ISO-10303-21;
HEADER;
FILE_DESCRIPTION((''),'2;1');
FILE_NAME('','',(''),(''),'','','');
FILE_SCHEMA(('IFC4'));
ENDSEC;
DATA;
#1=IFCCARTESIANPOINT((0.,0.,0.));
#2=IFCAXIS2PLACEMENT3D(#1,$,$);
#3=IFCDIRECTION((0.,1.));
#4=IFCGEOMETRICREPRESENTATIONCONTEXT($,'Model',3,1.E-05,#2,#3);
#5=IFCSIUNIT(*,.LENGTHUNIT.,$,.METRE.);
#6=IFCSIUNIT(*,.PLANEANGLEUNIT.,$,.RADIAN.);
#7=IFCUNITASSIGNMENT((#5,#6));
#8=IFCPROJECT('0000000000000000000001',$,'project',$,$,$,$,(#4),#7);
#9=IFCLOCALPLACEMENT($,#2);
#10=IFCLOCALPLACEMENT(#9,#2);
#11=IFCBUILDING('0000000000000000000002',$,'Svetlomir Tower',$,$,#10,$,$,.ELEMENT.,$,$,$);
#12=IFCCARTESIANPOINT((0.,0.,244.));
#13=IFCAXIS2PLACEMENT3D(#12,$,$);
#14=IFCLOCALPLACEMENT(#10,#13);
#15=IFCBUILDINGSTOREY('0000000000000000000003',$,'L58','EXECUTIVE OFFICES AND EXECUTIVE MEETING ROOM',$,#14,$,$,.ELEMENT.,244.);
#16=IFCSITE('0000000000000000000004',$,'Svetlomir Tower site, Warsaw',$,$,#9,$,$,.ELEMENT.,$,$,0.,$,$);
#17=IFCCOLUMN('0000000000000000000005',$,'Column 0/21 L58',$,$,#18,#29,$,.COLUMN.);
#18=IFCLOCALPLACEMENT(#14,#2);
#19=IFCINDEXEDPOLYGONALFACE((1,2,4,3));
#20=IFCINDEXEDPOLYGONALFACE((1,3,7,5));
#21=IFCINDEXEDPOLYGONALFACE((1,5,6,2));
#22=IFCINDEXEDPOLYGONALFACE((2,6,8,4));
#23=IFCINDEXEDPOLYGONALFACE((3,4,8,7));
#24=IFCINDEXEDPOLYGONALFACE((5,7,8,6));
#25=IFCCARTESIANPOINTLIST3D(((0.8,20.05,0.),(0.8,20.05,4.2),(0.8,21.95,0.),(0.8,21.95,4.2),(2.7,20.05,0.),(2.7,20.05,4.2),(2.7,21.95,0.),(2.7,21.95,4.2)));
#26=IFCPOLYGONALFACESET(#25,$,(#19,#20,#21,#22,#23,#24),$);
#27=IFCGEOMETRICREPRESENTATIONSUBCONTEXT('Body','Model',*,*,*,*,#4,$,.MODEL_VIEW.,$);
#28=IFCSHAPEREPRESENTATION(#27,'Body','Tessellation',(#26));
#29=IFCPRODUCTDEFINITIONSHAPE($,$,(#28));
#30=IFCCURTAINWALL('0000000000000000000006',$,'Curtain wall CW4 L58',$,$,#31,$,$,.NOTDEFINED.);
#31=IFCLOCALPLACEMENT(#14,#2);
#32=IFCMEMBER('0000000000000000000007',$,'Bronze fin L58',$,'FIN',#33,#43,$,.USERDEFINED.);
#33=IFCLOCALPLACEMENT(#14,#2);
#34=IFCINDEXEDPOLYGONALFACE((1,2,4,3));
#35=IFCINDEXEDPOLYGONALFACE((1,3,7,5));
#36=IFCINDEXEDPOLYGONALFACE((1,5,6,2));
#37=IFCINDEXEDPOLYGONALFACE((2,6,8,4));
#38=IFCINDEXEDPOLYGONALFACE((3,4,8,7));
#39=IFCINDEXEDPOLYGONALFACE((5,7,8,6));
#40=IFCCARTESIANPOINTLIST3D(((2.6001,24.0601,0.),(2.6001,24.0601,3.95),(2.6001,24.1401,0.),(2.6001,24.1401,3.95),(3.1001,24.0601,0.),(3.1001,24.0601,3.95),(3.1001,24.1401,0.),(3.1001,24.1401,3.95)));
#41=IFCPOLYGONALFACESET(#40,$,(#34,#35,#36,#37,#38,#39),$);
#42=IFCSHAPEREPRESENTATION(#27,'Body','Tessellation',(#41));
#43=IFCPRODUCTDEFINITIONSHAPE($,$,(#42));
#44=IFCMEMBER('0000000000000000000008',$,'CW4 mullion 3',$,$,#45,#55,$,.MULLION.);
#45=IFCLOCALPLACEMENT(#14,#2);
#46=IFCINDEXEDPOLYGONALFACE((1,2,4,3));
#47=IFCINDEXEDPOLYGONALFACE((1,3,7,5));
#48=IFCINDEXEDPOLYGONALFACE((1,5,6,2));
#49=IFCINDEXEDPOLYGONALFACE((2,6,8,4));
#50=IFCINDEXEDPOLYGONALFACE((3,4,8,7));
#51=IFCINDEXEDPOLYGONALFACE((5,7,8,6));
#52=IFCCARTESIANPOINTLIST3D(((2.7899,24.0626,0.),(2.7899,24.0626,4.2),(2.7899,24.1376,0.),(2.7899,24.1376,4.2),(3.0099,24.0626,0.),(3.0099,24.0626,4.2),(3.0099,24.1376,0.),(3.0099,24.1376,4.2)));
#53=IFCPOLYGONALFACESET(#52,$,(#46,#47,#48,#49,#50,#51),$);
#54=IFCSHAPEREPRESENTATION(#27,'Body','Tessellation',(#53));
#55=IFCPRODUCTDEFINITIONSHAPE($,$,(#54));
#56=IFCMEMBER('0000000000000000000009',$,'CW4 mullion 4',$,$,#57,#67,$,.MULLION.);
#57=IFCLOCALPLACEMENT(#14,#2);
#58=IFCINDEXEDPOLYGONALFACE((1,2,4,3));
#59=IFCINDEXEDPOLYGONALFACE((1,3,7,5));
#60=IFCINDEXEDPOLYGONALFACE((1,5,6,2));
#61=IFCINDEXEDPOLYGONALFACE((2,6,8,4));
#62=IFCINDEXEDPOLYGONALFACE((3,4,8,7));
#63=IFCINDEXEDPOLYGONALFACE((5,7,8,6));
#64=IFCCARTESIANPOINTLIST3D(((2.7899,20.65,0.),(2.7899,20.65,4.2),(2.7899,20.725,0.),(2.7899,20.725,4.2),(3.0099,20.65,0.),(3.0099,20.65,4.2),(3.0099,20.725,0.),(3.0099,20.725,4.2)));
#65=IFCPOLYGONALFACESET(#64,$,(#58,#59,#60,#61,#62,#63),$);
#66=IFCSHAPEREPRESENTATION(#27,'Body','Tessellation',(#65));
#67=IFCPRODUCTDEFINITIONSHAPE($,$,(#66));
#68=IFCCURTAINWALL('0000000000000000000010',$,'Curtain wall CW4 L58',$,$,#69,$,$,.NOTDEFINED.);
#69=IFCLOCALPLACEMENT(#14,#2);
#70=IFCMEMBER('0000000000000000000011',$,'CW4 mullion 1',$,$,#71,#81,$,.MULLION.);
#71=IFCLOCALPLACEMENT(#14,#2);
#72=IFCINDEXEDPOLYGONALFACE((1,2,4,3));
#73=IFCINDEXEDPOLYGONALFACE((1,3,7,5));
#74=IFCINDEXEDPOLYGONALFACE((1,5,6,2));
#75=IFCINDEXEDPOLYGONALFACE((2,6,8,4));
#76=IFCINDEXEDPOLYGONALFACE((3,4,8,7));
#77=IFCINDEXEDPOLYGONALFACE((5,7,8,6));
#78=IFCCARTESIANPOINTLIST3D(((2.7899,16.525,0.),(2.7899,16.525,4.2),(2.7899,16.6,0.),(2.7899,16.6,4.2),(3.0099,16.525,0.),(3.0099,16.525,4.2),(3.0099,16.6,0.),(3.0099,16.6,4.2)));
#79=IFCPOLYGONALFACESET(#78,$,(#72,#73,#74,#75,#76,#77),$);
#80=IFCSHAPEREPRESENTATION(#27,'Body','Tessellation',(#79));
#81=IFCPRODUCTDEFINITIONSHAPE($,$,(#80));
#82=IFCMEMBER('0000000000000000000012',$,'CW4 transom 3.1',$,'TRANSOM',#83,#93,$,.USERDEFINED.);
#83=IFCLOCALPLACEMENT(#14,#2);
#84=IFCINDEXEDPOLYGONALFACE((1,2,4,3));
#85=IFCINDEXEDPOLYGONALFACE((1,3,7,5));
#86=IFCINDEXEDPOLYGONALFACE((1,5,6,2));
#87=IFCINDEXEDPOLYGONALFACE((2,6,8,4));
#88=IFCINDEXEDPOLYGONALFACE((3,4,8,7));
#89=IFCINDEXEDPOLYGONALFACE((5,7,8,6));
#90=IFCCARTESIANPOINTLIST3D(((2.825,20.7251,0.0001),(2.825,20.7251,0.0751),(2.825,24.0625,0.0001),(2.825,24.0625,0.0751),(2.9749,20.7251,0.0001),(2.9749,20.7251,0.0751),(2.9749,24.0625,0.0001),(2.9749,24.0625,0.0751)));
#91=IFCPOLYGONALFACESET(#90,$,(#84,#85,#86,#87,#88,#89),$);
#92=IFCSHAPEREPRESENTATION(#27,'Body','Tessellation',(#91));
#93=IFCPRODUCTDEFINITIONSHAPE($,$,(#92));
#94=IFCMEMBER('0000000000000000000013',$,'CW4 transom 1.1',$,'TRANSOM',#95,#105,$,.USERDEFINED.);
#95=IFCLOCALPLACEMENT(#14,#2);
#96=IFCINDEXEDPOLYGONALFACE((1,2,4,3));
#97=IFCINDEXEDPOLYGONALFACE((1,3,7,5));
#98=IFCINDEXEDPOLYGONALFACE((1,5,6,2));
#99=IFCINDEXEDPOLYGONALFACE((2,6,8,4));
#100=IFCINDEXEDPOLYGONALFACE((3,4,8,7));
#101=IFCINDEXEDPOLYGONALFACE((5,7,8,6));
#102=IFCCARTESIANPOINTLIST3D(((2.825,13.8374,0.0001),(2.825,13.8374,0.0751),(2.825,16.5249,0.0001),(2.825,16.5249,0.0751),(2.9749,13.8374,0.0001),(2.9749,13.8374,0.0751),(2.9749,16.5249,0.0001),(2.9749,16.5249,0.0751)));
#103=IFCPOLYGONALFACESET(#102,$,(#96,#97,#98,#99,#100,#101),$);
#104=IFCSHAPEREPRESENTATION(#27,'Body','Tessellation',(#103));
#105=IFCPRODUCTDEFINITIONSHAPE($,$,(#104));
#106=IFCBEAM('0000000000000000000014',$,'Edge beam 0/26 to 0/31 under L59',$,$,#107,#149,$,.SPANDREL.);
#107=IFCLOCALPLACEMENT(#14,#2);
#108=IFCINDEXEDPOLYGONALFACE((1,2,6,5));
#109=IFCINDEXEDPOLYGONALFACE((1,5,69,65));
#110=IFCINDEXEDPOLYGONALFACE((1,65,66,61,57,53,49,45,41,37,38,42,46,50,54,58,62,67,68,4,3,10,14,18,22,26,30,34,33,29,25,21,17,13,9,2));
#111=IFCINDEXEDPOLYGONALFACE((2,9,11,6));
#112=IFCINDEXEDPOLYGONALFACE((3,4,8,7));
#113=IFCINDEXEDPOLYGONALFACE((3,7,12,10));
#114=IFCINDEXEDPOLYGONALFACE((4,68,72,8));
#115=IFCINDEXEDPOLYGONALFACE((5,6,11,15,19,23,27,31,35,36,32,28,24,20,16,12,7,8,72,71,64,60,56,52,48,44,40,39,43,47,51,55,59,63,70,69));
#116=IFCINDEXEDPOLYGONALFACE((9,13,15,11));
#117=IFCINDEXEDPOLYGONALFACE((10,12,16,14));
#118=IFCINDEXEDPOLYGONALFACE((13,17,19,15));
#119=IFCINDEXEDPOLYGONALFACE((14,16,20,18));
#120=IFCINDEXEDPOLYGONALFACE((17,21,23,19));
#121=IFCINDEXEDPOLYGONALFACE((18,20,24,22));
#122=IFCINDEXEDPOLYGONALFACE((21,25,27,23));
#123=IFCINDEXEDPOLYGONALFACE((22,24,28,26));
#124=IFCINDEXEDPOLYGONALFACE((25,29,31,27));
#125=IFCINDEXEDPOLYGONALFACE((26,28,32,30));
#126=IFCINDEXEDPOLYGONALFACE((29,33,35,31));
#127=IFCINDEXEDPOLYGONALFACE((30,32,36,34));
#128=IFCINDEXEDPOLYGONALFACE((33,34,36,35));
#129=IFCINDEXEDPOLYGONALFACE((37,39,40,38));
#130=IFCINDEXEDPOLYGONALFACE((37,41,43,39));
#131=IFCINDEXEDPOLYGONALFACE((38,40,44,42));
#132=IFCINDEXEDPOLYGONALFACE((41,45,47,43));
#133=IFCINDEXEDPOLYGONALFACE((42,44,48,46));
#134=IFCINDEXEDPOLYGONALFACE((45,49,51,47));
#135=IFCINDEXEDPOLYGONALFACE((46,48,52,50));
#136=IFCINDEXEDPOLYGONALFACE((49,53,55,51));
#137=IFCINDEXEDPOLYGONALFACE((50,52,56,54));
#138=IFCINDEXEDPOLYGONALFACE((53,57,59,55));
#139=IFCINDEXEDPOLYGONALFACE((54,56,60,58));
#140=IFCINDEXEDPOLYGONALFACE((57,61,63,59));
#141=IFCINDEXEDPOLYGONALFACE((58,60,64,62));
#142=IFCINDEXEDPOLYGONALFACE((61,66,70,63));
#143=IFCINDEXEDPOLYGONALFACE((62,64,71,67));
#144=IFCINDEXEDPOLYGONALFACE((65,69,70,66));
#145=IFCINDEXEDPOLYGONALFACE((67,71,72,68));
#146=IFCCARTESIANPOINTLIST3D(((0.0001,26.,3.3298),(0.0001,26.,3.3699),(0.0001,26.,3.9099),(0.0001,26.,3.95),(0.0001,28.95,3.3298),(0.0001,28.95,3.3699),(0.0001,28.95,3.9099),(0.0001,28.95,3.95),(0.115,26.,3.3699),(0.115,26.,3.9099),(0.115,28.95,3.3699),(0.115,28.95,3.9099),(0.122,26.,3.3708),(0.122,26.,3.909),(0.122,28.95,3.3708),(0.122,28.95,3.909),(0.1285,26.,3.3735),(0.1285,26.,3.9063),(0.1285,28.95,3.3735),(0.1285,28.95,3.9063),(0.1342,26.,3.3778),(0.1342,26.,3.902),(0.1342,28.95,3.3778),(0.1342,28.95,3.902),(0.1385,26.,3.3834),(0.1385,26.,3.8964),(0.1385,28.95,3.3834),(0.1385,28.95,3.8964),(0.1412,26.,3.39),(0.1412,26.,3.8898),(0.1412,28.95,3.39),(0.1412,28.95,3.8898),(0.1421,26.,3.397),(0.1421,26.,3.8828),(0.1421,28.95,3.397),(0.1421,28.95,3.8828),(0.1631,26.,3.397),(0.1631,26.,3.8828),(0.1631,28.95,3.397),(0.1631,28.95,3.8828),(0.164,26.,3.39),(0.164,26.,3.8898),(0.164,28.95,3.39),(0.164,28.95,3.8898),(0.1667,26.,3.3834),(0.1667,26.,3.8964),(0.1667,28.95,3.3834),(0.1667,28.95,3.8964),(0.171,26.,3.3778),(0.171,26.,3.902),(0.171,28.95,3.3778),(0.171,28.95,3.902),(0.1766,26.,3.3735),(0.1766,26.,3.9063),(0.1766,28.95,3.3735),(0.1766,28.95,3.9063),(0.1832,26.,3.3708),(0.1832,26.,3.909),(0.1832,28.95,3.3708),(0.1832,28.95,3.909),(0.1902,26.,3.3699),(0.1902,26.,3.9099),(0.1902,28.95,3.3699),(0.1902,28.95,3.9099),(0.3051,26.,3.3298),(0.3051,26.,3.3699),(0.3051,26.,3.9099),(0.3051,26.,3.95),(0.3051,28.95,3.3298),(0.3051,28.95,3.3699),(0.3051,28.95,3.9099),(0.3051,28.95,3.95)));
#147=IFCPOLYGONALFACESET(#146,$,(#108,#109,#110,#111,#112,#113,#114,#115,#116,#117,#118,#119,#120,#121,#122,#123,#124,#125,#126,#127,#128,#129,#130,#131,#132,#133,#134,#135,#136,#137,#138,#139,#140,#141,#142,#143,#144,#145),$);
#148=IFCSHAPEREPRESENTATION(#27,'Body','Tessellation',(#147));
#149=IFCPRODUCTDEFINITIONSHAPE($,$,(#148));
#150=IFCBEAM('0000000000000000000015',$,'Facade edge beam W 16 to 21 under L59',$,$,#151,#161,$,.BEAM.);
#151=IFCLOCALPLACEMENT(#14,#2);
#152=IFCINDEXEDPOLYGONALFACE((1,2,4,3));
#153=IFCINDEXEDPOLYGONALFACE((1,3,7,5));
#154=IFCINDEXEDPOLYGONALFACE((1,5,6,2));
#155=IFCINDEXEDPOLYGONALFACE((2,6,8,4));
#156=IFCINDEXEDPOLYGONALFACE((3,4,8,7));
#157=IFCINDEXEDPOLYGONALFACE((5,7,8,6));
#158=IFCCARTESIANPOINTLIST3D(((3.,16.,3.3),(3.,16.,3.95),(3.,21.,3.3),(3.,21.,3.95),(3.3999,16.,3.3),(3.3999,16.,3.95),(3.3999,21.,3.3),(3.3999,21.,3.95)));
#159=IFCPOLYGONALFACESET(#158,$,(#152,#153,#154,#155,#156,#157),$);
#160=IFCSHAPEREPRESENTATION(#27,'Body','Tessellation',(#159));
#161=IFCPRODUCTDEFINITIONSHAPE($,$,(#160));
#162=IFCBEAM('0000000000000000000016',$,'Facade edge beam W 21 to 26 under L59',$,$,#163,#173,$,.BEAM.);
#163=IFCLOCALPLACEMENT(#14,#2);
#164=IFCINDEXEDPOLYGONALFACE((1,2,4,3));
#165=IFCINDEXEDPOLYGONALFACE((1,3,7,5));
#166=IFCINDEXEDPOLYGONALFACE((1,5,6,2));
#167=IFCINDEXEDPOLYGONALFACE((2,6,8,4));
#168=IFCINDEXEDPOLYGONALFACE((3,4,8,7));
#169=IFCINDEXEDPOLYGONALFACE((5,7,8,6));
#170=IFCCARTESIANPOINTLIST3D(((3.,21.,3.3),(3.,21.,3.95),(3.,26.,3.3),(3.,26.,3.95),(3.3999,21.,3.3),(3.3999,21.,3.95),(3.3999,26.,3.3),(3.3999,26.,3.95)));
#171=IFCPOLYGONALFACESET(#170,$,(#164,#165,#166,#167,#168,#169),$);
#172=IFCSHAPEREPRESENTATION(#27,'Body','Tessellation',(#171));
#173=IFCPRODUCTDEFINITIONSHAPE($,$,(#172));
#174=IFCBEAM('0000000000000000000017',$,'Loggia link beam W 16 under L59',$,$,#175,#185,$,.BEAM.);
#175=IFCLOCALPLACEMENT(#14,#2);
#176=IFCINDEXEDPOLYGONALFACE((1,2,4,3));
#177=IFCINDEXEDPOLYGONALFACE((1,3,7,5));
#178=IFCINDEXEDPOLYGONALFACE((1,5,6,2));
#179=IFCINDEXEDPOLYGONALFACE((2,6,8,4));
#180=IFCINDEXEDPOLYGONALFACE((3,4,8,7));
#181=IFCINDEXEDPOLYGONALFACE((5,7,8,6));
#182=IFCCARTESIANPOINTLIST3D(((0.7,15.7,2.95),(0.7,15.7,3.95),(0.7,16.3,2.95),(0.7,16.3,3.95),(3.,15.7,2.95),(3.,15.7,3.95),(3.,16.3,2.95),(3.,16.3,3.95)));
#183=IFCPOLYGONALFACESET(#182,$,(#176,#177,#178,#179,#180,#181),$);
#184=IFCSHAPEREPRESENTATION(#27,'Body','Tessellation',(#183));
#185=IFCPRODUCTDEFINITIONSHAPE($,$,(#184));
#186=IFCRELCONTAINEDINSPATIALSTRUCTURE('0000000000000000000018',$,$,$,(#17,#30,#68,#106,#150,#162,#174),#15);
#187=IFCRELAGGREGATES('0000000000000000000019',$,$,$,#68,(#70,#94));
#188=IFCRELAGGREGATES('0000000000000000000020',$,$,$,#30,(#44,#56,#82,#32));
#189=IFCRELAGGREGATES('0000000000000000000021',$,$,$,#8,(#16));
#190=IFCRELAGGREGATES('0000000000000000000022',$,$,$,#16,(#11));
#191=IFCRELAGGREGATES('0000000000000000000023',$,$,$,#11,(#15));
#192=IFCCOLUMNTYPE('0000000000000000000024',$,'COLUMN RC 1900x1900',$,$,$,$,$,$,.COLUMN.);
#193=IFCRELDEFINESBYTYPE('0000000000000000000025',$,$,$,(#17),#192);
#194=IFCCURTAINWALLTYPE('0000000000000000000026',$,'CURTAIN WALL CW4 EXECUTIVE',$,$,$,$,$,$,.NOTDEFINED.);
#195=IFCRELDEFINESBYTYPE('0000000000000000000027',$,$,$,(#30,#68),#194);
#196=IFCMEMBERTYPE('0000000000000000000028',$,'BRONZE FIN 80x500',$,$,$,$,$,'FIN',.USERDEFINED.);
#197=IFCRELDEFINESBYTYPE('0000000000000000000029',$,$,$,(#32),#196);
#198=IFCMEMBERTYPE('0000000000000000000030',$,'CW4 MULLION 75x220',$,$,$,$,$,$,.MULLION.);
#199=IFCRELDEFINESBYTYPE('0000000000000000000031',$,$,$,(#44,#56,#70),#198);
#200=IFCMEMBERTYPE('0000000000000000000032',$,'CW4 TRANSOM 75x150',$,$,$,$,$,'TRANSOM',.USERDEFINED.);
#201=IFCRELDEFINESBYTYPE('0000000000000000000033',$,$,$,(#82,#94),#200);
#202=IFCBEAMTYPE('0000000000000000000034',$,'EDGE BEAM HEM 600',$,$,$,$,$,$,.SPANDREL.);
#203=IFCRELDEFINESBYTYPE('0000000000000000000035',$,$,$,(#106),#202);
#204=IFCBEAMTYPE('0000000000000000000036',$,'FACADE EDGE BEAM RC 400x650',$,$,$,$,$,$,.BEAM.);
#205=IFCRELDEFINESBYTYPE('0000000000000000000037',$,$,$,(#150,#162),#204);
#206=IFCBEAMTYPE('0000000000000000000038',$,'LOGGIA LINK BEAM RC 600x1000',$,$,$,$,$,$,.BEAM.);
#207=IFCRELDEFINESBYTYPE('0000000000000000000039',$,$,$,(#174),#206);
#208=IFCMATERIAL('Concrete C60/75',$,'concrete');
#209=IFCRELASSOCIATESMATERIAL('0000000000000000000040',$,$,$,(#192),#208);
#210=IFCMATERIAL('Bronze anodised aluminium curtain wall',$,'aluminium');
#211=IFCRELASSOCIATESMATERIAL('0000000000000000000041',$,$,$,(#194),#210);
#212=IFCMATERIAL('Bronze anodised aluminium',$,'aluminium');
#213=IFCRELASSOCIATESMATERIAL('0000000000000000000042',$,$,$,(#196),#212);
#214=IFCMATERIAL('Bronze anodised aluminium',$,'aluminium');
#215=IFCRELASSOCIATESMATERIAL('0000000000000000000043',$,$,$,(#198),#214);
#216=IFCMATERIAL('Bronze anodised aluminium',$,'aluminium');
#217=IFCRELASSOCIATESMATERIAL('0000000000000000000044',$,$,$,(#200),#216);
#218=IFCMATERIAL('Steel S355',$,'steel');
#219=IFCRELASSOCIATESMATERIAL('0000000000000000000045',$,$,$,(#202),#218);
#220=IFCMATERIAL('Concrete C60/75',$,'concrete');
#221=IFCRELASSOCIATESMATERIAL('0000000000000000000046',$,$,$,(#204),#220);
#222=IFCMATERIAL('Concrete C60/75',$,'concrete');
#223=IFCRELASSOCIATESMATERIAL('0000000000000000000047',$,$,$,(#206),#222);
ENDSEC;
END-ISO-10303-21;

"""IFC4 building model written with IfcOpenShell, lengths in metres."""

from ifc_helpers import new_model, si_unit, direction, frame, origin, origin_2d, place, context, subcontext, project, spatial, rectangle, i_section, extrude, material, material_profile, profile_set, type_object, element, aggregate, save


model = new_model("IFC4")

# Units and contexts
model_context = context("Model", 3, precision=1e-05, world=origin(), true_north=direction((0.0, 1.0)))
body_context = subcontext(model_context, "Body", "Model", "MODEL_VIEW")
ifc_project = project(units=[si_unit("LENGTHUNIT", "METRE"), si_unit("PLANEANGLEUNIT", "RADIAN")], contexts=[model_context])

# Site, building, storey
site_placement = place(None, origin())
site = spatial("IfcSite", under=ifc_project, at=site_placement, Name="Svetlomir Tower site, Warsaw", CompositionType="ELEMENT", RefElevation=0.0)
building_placement = place(site_placement, origin())
building = spatial("IfcBuilding", under=site, at=building_placement, Name="Svetlomir Tower", CompositionType="ELEMENT")
storey_placement = place(building_placement, frame((0.0, 0.0, 244.0)))
storey = spatial("IfcBuildingStorey", under=building, at=storey_placement, Name="L58", Description="EXECUTIVE OFFICES AND EXECUTIVE MEETING ROOM", CompositionType="ELEMENT", Elevation=244.0)

# Column
ifc_material_1 = material(Name="Concrete C60/75", Category="concrete")
ifc_material_profile_1 = material_profile(ifc_material_1, rectangle(XDim=1.8999, YDim=1.8999, at=origin_2d()), Name="RC 1900x1900")
ifc_profile_set_1 = profile_set([ifc_material_profile_1], Name="Concrete C60/75")
column_type = type_object("IfcColumnType", Name="COLUMN RC 1900x1900", PredefinedType="COLUMN", material=ifc_profile_set_1)
column_placement = place(storey_placement, frame((1.75, 21.0, 0.0), z_axis=(0.0, 0.0, 1.0), x_axis=(1.0, 0.0, 0.0)))
element("IfcColumn", 1, at=column_placement, inside=storey, type_object=column_type, Name="Column 0/21 L58", PredefinedType="COLUMN", context=body_context, shape_type="SweptSolid", body=[
    extrude(rectangle(XDim=1.8999, YDim=1.8999, at=origin_2d()), origin(), (0.0, 0.0, 1.0), 4.2),
])

# Curtain wall, members
ifc_material_2 = material(Name="Bronze anodised aluminium curtain wall", Category="aluminium")
curtain_wall_type = type_object("IfcCurtainWallType", Name="CURTAIN WALL CW4 EXECUTIVE", PredefinedType="NOTDEFINED", material=ifc_material_2)
curtain_wall_1_placement = place(storey_placement, origin())
curtain_wall_1 = element("IfcCurtainWall", 2, at=curtain_wall_1_placement, inside=storey, type_object=curtain_wall_type, Name="Curtain wall CW4 L58", PredefinedType="NOTDEFINED")
ifc_material_3 = material(Name="Bronze anodised aluminium", Category="aluminium")
ifc_material_profile_2 = material_profile(ifc_material_3, rectangle(XDim=0.0801, YDim=0.5, at=origin_2d()), Name="FIN 80x500")
ifc_profile_set_2 = profile_set([ifc_material_profile_2], Name="Bronze anodised aluminium 6063-T6")
member_type_1 = type_object("IfcMemberType", Name="BRONZE FIN 80x500", ElementType="FIN", PredefinedType="USERDEFINED", material=ifc_profile_set_2)
member_1_placement = place(storey_placement, frame((2.8501, 24.1001, 0.0), z_axis=(0.0, 0.0, 1.0), x_axis=(0.0, 1.0, 0.0)))
member_1 = element("IfcMember", 3, at=member_1_placement, type_object=member_type_1, Name="Bronze fin L58", ObjectType="FIN", PredefinedType="USERDEFINED", context=body_context, shape_type="SweptSolid", body=[
    extrude(rectangle(XDim=0.0801, YDim=0.5, at=origin_2d()), origin(), (0.0, 0.0, 1.0), 3.95),
])
ifc_material_4 = material(Name="Bronze anodised aluminium", Category="aluminium")
ifc_material_profile_3 = material_profile(ifc_material_4, rectangle(XDim=0.075, YDim=0.22, at=origin_2d()), Name="AL 75x220")
ifc_profile_set_3 = profile_set([ifc_material_profile_3], Name="Bronze anodised aluminium 6063-T6")
member_type_2 = type_object("IfcMemberType", Name="CW4 MULLION 75x220", PredefinedType="MULLION", material=ifc_profile_set_3)
member_2_placement = place(storey_placement, frame((2.8999, 24.1001, 0.0), z_axis=(0.0, 0.0, 1.0), x_axis=(0.0, -1.0, 0.0)))
member_2 = element("IfcMember", 4, at=member_2_placement, type_object=member_type_2, Name="CW4 mullion 3", PredefinedType="MULLION", context=body_context, shape_type="SweptSolid", body=[
    extrude(rectangle(XDim=0.075, YDim=0.22, at=origin_2d()), origin(), (0.0, 0.0, 1.0), 4.2),
])
member_3_placement = place(storey_placement, frame((2.8999, 20.6875, 0.0), z_axis=(0.0, 0.0, 1.0), x_axis=(0.0, -1.0, 0.0)))
member_3 = element("IfcMember", 5, at=member_3_placement, type_object=member_type_2, Name="CW4 mullion 4", PredefinedType="MULLION", context=body_context, shape_type="SweptSolid", body=[
    extrude(rectangle(XDim=0.075, YDim=0.22, at=origin_2d()), origin(), (0.0, 0.0, 1.0), 4.2),
])

# Curtain wall, member
curtain_wall_2_placement = place(storey_placement, origin())
curtain_wall_2 = element("IfcCurtainWall", 6, at=curtain_wall_2_placement, inside=storey, type_object=curtain_wall_type, Name="Curtain wall CW4 L58", PredefinedType="NOTDEFINED")
member_4_placement = place(storey_placement, frame((2.8999, 16.5625, 0.0), z_axis=(0.0, 0.0, 1.0), x_axis=(0.0, -1.0, 0.0)))
member_4 = element("IfcMember", 7, at=member_4_placement, type_object=member_type_2, Name="CW4 mullion 1", PredefinedType="MULLION", context=body_context, shape_type="SweptSolid", body=[
    extrude(rectangle(XDim=0.075, YDim=0.22, at=origin_2d()), origin(), (0.0, 0.0, 1.0), 4.2),
])

# Members
ifc_material_5 = material(Name="Bronze anodised aluminium", Category="aluminium")
ifc_material_profile_4 = material_profile(ifc_material_5, rectangle(XDim=0.1499, YDim=0.075, at=origin_2d()), Name="AL 150x75")
ifc_profile_set_4 = profile_set([ifc_material_profile_4], Name="Bronze anodised aluminium 6063-T6")
member_type_3 = type_object("IfcMemberType", Name="CW4 TRANSOM 75x150", ElementType="TRANSOM", PredefinedType="USERDEFINED", material=ifc_profile_set_4)
member_5_placement = place(storey_placement, frame((2.8999, 24.0625, 0.0376), z_axis=(0.0, -1.0, 0.0), x_axis=(1.0, 0.0, 0.0)))
member_5 = element("IfcMember", 8, at=member_5_placement, type_object=member_type_3, Name="CW4 transom 3.1", ObjectType="TRANSOM", PredefinedType="USERDEFINED", context=body_context, shape_type="SweptSolid", body=[
    extrude(rectangle(XDim=0.1499, YDim=0.075, at=origin_2d()), origin(), (0.0, 0.0, 1.0), 3.3374),
])
member_6_placement = place(storey_placement, frame((2.8999, 16.5249, 0.0376), z_axis=(0.0, -1.0, 0.0), x_axis=(1.0, 0.0, 0.0)))
member_6 = element("IfcMember", 9, at=member_6_placement, type_object=member_type_3, Name="CW4 transom 1.1", ObjectType="TRANSOM", PredefinedType="USERDEFINED", context=body_context, shape_type="SweptSolid", body=[
    extrude(rectangle(XDim=0.1499, YDim=0.075, at=origin_2d()), origin(), (0.0, 0.0, 1.0), 2.6875),
])
aggregate(curtain_wall_2, [member_4, member_6])

# Beams
ifc_material_6 = material(Name="Steel S355", Category="steel")
ifc_material_profile_5 = material_profile(ifc_material_6, i_section(OverallWidth=0.3049, OverallDepth=0.6201, WebThickness=0.021, FlangeThickness=0.04, FilletRadius=0.0271, at=origin_2d()), Name="HEM 600")
ifc_profile_set_5 = profile_set([ifc_material_profile_5], Name="Steel S355")
beam_type_1 = type_object("IfcBeamType", Name="EDGE BEAM HEM 600", PredefinedType="SPANDREL", material=ifc_profile_set_5)
beam_1_placement = place(storey_placement, frame((0.1526, 26.0, 3.6399), z_axis=(0.0, 1.0, 0.0), x_axis=(-1.0, 0.0, 0.0)))
element("IfcBeam", 10, at=beam_1_placement, inside=storey, type_object=beam_type_1, Name="Edge beam 0/26 to 0/31 under L59", PredefinedType="SPANDREL", context=body_context, shape_type="SweptSolid", body=[
    extrude(i_section(OverallWidth=0.3049, OverallDepth=0.6201, WebThickness=0.021, FlangeThickness=0.04, FilletRadius=0.0271, at=origin_2d()), origin(), (0.0, 0.0, 1.0), 2.95),
])
ifc_material_7 = material(Name="Concrete C60/75", Category="concrete")
ifc_material_profile_6 = material_profile(ifc_material_7, rectangle(XDim=0.3999, YDim=0.6499, at=origin_2d()), Name="RC 400x650")
ifc_profile_set_6 = profile_set([ifc_material_profile_6], Name="Concrete C60/75")
beam_type_2 = type_object("IfcBeamType", Name="FACADE EDGE BEAM RC 400x650", PredefinedType="BEAM", material=ifc_profile_set_6)
for number, where, z_axis, x_axis, name in (
    (11, (3.2, 16.0, 3.625), (0.0, 1.0, 0.0), (-1.0, 0.0, 0.0), "Facade edge beam W 16 to 21 under L59"),
    (12, (3.2, 21.0, 3.625), (0.0, 1.0, 0.0), (-1.0, 0.0, 0.0), "Facade edge beam W 21 to 26 under L59"),
):
    element("IfcBeam", number, at=place(storey_placement, frame(where, z_axis=z_axis, x_axis=x_axis)), inside=storey, type_object=beam_type_2, Name=name, PredefinedType="BEAM", context=body_context, shape_type="SweptSolid", body=[
        extrude(rectangle(XDim=0.3999, YDim=0.6499, at=origin_2d()), origin(), (0.0, 0.0, 1.0), 5.0),
    ])
ifc_material_8 = material(Name="Concrete C60/75", Category="concrete")
ifc_material_profile_7 = material_profile(ifc_material_8, rectangle(XDim=0.6001, YDim=1.0, at=origin_2d()), Name="RC 600x1000")
ifc_profile_set_7 = profile_set([ifc_material_profile_7], Name="Concrete C60/75")
beam_type_3 = type_object("IfcBeamType", Name="LOGGIA LINK BEAM RC 600x1000", PredefinedType="BEAM", material=ifc_profile_set_7)
beam_2_placement = place(storey_placement, frame((0.7, 16.0, 3.45), z_axis=(1.0, 0.0, 0.0), x_axis=(0.0, 1.0, 0.0)))
element("IfcBeam", 13, at=beam_2_placement, inside=storey, type_object=beam_type_3, Name="Loggia link beam W 16 under L59", PredefinedType="BEAM", context=body_context, shape_type="SweptSolid", body=[
    extrude(rectangle(XDim=0.6001, YDim=1.0, at=origin_2d()), origin(), (0.0, 0.0, 1.0), 2.3),
])

aggregate(curtain_wall_1, [member_2, member_3, member_5, member_1])

save(model, "model.ifc")
